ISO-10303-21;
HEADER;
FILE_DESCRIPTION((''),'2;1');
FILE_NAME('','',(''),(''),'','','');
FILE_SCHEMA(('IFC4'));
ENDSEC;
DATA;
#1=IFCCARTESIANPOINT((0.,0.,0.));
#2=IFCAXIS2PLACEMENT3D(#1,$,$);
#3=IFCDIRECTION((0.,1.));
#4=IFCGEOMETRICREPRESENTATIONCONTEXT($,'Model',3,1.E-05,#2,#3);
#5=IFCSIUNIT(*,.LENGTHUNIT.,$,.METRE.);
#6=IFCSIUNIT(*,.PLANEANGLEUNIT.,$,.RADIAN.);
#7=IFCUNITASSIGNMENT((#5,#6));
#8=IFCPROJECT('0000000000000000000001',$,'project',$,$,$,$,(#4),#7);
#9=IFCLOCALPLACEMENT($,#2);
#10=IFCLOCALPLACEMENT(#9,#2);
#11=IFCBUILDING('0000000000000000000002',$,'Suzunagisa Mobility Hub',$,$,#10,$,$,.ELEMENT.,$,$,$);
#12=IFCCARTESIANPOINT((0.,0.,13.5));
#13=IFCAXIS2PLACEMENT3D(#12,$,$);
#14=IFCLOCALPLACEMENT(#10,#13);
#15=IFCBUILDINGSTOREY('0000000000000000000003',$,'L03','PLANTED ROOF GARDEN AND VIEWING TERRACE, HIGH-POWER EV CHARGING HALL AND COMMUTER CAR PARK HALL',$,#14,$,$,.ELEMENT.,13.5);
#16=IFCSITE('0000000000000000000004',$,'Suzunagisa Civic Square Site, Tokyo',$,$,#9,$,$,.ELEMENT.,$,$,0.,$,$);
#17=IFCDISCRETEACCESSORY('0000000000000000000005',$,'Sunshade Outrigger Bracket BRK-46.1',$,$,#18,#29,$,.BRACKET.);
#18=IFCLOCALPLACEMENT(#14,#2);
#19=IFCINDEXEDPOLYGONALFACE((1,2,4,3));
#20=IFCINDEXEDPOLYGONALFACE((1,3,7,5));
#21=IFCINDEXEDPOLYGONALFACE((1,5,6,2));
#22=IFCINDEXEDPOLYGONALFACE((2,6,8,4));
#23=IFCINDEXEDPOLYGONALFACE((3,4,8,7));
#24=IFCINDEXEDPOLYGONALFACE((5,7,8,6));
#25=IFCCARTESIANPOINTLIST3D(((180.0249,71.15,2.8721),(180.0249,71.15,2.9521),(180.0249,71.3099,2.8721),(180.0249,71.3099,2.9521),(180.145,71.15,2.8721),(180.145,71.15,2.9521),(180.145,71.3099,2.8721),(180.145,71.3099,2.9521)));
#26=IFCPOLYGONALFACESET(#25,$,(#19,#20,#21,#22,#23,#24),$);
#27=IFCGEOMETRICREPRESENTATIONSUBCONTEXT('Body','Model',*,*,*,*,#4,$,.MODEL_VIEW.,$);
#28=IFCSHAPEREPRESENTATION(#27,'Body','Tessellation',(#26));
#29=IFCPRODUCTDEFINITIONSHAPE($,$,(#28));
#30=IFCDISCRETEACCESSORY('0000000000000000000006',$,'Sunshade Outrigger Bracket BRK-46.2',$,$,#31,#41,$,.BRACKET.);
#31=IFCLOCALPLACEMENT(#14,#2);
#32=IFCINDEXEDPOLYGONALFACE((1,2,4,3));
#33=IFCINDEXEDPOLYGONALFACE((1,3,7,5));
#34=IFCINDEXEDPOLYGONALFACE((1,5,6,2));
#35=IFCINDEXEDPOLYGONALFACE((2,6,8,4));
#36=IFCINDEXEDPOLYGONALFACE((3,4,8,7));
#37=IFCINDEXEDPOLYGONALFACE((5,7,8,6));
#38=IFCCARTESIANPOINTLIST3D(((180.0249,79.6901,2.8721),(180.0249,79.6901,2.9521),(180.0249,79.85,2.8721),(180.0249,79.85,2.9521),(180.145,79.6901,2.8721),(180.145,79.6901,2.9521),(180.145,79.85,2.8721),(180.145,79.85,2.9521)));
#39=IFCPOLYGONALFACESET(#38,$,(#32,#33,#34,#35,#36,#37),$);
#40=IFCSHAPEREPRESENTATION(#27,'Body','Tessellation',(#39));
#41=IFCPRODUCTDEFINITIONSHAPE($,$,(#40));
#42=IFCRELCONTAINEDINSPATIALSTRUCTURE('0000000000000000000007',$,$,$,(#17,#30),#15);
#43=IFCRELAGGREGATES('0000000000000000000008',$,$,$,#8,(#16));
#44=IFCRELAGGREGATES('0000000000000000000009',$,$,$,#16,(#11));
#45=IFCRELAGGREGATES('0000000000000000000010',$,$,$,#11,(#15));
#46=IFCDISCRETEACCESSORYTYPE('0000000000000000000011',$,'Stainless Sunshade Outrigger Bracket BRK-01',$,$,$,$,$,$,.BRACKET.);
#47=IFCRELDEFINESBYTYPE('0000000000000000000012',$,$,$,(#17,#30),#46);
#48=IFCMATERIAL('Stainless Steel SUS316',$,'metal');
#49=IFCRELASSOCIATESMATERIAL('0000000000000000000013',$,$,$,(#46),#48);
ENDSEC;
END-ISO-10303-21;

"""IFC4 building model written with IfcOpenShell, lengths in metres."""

from ifc_helpers import new_model, si_unit, direction, frame, origin, origin_2d, place, context, subcontext, project, spatial, rectangle, extrude, material, type_object, element, save


model = new_model("IFC4")

# Units and contexts
model_context = context("Model", 3, precision=1e-05, world=origin(), true_north=direction((0.0, 1.0)))
body_context = subcontext(model_context, "Body", "Model", "MODEL_VIEW")
ifc_project = project(units=[si_unit("LENGTHUNIT", "METRE"), si_unit("PLANEANGLEUNIT", "RADIAN")], contexts=[model_context])

# Site, building, storey
site_placement = place(None, origin())
site = spatial("IfcSite", under=ifc_project, at=site_placement, Name="Suzunagisa Civic Square Site, Tokyo", CompositionType="ELEMENT", RefElevation=0.0)
building_placement = place(site_placement, origin())
building = spatial("IfcBuilding", under=site, at=building_placement, Name="Suzunagisa Mobility Hub", CompositionType="ELEMENT")
storey_placement = place(building_placement, frame((0.0, 0.0, 13.5)))
storey = spatial("IfcBuildingStorey", under=building, at=storey_placement, Name="L03", Description="PLANTED ROOF GARDEN AND VIEWING TERRACE, HIGH-POWER EV CHARGING HALL AND COMMUTER CAR PARK HALL", CompositionType="ELEMENT", Elevation=13.5)

# Discrete accessories
ifc_material_1 = material(Name="Stainless Steel SUS316", Category="metal")
discrete_accessory_type = type_object("IfcDiscreteAccessoryType", Name="Stainless Sunshade Outrigger Bracket BRK-01", PredefinedType="BRACKET", material=ifc_material_1)
for number, where, z_axis, x_axis, name in (
    (1, (180.085, 71.23, 2.8721), (0.0, 0.0, 1.0), (0.0, 1.0, 0.0), "Sunshade Outrigger Bracket BRK-46.1"),
    (2, (180.085, 79.77, 2.8721), (0.0, 0.0, 1.0), (0.0, 1.0, 0.0), "Sunshade Outrigger Bracket BRK-46.2"),
):
    element("IfcDiscreteAccessory", number, at=place(storey_placement, frame(where, z_axis=z_axis, x_axis=x_axis)), inside=storey, type_object=discrete_accessory_type, Name=name, PredefinedType="BRACKET", context=body_context, shape_type="SweptSolid", body=[
        extrude(rectangle(XDim=0.1599, YDim=0.1201, at=origin_2d()), origin(), (0.0, 0.0, 1.0), 0.0801),
    ])

save(model, "model.ifc")
